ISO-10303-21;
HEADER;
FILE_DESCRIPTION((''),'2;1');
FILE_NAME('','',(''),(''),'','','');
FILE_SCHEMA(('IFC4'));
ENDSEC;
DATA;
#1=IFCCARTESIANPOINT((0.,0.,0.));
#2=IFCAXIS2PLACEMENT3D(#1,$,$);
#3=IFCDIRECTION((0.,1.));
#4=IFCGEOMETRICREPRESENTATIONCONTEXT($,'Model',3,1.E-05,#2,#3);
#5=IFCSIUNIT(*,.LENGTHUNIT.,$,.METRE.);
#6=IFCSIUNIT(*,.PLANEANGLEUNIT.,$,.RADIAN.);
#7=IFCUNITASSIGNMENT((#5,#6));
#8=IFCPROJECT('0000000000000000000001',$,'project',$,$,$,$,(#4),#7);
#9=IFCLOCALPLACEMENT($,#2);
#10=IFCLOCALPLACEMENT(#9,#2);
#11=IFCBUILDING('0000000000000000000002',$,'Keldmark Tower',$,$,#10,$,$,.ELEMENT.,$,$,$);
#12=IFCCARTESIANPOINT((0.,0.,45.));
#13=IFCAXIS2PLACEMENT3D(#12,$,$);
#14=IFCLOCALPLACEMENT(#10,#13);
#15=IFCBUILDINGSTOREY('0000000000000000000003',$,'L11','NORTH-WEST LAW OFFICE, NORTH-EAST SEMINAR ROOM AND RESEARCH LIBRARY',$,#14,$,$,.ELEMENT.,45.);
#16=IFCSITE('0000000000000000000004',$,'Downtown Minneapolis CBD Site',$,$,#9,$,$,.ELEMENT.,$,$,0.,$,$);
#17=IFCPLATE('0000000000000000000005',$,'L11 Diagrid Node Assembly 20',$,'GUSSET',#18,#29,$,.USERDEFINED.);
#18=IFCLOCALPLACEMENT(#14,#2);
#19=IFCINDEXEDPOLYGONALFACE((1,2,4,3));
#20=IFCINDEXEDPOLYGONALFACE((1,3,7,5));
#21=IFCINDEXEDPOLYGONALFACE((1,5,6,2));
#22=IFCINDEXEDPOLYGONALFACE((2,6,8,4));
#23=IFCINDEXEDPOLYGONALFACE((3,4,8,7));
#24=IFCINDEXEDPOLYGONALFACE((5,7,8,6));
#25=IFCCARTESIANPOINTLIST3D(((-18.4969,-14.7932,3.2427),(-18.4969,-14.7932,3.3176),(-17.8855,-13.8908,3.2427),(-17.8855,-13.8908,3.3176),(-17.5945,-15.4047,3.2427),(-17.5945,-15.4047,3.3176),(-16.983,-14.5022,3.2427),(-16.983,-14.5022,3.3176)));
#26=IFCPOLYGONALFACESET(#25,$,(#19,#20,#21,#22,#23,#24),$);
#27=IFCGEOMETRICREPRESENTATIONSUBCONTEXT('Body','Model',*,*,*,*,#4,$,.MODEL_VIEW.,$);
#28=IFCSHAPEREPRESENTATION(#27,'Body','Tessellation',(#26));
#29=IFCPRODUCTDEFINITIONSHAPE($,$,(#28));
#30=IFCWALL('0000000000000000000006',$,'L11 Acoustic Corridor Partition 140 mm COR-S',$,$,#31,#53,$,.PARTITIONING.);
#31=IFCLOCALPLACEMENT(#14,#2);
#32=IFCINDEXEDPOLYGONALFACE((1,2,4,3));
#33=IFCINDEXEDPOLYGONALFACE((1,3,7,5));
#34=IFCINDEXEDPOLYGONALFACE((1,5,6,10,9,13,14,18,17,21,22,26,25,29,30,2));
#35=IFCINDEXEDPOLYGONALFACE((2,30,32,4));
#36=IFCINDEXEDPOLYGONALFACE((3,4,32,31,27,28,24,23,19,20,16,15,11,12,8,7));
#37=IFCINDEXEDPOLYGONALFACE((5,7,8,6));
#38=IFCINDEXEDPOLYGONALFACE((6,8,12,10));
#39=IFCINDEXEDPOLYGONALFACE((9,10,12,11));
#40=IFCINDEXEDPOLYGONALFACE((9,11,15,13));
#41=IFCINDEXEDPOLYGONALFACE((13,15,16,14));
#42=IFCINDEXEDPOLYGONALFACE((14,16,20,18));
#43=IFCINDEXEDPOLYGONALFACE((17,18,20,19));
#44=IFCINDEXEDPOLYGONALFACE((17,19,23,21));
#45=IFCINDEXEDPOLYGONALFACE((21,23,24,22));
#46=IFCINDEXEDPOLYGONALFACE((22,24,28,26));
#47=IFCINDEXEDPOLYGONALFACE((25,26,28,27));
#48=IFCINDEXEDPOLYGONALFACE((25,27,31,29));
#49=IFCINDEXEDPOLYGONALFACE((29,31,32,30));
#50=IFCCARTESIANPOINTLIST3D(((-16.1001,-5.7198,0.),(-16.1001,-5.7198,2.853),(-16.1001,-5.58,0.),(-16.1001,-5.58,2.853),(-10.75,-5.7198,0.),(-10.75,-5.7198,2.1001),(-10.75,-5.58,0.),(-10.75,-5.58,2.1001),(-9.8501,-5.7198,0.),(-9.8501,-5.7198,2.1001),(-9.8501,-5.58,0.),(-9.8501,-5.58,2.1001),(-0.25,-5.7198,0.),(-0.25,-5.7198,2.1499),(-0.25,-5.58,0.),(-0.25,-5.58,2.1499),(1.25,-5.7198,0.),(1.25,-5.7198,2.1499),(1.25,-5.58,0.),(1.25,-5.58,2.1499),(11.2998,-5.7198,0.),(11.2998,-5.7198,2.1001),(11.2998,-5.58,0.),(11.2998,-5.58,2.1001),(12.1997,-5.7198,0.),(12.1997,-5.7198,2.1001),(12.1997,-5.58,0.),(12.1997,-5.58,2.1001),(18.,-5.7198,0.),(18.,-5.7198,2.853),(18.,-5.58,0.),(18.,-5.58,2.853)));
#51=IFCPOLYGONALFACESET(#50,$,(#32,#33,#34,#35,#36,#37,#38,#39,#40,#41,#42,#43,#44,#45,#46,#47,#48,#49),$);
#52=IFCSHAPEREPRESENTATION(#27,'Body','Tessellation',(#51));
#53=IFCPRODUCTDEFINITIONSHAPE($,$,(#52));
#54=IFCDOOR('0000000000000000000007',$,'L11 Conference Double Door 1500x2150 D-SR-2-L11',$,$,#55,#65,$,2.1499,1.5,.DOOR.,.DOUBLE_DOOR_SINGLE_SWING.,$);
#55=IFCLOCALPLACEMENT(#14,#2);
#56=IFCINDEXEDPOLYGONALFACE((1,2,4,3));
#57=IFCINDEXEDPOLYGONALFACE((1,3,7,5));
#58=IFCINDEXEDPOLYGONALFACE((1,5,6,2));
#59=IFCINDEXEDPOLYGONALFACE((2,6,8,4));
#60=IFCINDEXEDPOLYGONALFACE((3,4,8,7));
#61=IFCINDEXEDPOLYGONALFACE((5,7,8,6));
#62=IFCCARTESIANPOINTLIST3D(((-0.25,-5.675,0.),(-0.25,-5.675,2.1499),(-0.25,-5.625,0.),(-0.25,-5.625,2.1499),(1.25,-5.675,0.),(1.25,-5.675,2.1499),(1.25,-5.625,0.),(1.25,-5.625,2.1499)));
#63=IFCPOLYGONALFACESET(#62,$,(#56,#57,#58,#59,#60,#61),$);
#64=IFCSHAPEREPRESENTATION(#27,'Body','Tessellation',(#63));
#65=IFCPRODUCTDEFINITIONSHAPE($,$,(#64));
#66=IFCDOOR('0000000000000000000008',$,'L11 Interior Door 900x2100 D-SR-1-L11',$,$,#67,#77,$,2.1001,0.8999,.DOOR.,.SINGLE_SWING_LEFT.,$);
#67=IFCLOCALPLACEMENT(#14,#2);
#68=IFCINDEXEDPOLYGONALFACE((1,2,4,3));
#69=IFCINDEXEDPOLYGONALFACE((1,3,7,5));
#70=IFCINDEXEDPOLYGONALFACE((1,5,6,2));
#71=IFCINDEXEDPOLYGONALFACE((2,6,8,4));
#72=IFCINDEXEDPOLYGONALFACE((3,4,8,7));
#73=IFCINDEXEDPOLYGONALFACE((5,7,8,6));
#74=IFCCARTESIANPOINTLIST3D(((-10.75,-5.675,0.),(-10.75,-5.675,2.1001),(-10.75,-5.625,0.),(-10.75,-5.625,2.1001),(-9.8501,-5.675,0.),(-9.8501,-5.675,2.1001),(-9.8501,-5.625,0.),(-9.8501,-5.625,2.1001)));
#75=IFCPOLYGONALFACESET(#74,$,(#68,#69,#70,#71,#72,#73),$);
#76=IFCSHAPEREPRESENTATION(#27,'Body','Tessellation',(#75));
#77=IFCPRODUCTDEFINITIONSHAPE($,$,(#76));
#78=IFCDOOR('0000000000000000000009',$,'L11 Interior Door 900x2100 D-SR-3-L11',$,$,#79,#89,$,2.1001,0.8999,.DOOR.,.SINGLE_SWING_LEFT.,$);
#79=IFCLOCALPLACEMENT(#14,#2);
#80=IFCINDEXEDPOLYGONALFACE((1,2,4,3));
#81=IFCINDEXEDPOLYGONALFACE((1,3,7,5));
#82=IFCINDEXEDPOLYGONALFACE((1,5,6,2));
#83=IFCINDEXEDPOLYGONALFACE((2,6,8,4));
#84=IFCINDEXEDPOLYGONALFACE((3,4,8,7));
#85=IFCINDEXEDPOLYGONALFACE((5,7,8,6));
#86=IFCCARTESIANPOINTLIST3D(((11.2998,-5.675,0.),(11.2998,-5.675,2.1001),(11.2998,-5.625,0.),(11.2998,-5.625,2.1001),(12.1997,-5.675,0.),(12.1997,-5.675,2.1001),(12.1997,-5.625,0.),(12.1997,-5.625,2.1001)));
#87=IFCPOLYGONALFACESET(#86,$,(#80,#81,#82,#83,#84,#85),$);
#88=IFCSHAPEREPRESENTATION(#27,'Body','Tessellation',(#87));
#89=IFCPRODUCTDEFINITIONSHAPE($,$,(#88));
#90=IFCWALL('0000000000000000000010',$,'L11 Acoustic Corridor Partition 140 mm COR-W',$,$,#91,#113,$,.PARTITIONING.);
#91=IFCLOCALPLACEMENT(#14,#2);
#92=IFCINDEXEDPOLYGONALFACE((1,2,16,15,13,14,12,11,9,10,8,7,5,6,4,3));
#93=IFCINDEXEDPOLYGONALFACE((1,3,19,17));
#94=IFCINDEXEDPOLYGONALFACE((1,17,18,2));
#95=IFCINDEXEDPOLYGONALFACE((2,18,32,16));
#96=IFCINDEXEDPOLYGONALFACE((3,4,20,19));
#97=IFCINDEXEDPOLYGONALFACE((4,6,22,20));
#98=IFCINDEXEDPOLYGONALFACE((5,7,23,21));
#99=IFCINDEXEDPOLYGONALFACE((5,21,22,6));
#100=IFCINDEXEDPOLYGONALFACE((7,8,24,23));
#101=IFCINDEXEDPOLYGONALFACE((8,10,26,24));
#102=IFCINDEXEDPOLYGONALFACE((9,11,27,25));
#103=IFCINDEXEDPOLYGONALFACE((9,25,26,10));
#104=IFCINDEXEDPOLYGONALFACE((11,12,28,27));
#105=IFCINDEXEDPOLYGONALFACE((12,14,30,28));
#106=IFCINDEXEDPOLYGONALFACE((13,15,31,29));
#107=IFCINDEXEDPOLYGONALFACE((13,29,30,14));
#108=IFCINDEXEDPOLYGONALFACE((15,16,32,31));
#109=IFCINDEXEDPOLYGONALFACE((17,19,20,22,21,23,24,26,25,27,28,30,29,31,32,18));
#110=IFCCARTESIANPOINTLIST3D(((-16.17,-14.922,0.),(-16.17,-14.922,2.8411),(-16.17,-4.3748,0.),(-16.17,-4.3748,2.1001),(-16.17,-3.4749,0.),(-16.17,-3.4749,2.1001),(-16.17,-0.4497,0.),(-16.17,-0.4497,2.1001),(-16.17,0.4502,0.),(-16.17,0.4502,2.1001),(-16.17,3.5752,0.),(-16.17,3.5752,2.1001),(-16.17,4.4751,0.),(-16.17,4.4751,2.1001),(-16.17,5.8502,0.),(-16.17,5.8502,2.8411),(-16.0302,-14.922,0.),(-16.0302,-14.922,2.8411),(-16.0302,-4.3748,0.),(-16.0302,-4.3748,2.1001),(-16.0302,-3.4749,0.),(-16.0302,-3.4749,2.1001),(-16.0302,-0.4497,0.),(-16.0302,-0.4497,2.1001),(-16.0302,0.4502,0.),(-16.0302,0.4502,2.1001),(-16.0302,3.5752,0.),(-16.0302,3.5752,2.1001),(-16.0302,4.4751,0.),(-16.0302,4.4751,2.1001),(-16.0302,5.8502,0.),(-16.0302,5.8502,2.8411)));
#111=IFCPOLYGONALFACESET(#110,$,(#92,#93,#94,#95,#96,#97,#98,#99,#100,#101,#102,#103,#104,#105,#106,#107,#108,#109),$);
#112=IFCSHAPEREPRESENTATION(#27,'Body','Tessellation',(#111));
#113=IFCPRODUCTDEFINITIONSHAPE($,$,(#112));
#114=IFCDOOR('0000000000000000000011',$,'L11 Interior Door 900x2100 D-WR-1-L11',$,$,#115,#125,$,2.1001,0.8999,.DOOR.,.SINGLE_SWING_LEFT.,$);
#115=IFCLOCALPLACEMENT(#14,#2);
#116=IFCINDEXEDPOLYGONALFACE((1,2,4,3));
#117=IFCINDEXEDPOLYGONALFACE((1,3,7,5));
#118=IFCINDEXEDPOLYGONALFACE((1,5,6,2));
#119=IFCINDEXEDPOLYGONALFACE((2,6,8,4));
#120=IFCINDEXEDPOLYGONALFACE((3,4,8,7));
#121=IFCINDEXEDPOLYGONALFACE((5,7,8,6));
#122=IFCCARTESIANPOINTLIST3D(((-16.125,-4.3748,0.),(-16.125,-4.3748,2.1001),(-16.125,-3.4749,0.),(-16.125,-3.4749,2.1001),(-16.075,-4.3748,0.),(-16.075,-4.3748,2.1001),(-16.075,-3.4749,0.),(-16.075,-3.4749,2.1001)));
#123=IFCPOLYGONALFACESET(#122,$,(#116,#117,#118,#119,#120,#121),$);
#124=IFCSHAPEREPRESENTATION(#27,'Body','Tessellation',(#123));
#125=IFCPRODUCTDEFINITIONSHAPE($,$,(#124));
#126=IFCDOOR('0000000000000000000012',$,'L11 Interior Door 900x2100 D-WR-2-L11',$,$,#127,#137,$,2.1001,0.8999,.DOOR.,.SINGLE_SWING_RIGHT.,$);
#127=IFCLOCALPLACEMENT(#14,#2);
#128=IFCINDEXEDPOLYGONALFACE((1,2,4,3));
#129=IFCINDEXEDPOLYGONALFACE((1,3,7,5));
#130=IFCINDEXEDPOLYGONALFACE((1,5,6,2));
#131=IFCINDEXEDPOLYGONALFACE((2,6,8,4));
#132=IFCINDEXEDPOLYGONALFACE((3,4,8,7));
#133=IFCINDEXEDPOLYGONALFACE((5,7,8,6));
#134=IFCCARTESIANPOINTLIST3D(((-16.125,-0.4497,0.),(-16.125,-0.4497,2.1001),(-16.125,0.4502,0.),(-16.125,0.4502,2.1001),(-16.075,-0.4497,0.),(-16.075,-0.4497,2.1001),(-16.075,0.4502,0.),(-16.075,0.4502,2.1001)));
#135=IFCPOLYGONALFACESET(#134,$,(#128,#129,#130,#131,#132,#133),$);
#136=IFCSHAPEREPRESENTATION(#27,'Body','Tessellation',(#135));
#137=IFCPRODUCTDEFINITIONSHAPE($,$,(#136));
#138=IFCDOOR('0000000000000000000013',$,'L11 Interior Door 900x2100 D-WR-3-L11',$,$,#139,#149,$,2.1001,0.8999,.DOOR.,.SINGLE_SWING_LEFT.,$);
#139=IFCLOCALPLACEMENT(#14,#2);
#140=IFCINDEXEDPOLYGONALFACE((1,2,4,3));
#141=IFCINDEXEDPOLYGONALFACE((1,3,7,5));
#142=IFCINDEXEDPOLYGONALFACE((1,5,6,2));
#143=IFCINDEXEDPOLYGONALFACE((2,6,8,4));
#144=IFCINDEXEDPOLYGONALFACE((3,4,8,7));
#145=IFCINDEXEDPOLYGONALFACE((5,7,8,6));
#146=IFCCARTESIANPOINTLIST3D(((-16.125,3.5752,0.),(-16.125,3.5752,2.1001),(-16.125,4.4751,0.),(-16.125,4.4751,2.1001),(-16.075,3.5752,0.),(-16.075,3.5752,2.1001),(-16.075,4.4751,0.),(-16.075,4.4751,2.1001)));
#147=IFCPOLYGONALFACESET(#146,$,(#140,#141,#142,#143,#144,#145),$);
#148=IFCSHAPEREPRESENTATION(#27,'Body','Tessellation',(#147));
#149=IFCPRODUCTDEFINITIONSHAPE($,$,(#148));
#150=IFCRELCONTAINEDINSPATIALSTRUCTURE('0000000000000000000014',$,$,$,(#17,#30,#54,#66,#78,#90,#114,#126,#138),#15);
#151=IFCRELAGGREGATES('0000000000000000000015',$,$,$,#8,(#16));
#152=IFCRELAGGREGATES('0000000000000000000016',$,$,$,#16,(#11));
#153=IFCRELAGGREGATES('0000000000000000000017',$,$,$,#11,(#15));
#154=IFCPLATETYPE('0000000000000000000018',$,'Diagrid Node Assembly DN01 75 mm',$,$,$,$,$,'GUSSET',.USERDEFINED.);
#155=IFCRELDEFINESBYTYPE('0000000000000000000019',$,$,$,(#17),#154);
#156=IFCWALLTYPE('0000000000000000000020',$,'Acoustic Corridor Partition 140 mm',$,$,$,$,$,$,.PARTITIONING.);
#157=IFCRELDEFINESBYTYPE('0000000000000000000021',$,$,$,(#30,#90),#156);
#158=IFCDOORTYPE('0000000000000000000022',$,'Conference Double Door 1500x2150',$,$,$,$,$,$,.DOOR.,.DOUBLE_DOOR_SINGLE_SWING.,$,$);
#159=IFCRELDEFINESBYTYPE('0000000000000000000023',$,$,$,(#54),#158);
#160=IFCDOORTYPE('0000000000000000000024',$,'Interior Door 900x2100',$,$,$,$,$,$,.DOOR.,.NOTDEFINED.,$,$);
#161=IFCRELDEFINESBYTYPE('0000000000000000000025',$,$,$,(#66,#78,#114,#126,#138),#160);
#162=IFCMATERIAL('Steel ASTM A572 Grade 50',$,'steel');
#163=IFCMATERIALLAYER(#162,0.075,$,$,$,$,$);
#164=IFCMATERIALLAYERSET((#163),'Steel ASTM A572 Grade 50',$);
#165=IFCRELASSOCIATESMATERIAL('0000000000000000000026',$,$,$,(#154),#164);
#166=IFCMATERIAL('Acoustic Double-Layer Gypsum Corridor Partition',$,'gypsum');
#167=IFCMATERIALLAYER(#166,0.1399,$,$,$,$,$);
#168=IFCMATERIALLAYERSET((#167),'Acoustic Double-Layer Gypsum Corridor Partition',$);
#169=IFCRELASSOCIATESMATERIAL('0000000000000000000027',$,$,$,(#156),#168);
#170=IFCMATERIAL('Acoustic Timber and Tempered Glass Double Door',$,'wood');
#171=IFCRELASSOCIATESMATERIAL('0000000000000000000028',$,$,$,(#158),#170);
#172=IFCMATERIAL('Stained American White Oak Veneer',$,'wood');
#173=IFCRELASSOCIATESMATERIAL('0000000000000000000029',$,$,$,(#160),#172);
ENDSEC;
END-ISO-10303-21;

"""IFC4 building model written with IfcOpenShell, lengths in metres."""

from ifc_helpers import new_model, si_unit, direction, frame, frame_2d, origin, origin_2d, place, context, subcontext, project, spatial, rectangle, extrude, material, layer, layer_set, type_object, element, fill, save


model = new_model("IFC4")

# Units and contexts
model_context = context("Model", 3, precision=1e-05, world=origin(), true_north=direction((0.0, 1.0)))
body_context = subcontext(model_context, "Body", "Model", "MODEL_VIEW")
ifc_project = project(units=[si_unit("LENGTHUNIT", "METRE"), si_unit("PLANEANGLEUNIT", "RADIAN")], contexts=[model_context])

# Site, building, storey
site_placement = place(None, origin())
site = spatial("IfcSite", under=ifc_project, at=site_placement, Name="Downtown Minneapolis CBD Site", CompositionType="ELEMENT", RefElevation=0.0)
building_placement = place(site_placement, origin())
building = spatial("IfcBuilding", under=site, at=building_placement, Name="Keldmark Tower", CompositionType="ELEMENT")
storey_placement = place(building_placement, frame((0.0, 0.0, 45.0)))
storey = spatial("IfcBuildingStorey", under=building, at=storey_placement, Name="L11", Description="NORTH-WEST LAW OFFICE, NORTH-EAST SEMINAR ROOM AND RESEARCH LIBRARY", CompositionType="ELEMENT", Elevation=45.0)

# Plate
ifc_material_1 = material(Name="Steel ASTM A572 Grade 50", Category="steel")
ifc_layer_1 = layer(ifc_material_1, 0.075)
ifc_layer_set_1 = layer_set([ifc_layer_1], Name="Steel ASTM A572 Grade 50")
plate_type = type_object("IfcPlateType", Name="Diagrid Node Assembly DN01 75 mm", ElementType="GUSSET", PredefinedType="USERDEFINED", material=ifc_layer_set_1)
plate_placement = place(storey_placement, frame((-17.74, -14.6477, 3.2427), z_axis=(0.0, 0.0, 1.0), x_axis=(0.827865, -0.560928, 0.0)))
element("IfcPlate", 1, at=plate_placement, inside=storey, type_object=plate_type, Name="L11 Diagrid Node Assembly 20", ObjectType="GUSSET", PredefinedType="USERDEFINED", context=body_context, shape_type="SweptSolid", body=[
    extrude(rectangle(XDim=1.0901, YDim=1.0901, at=origin_2d()), origin(), (0.0, 0.0, 1.0), 0.075),
])

# Walls, openings, doors
ifc_material_2 = material(Name="Acoustic Double-Layer Gypsum Corridor Partition", Category="gypsum")
ifc_layer_2 = layer(ifc_material_2, 0.1399)
ifc_layer_set_2 = layer_set([ifc_layer_2], Name="Acoustic Double-Layer Gypsum Corridor Partition")
wall_type_1 = type_object("IfcWallType", Name="Acoustic Corridor Partition 140 mm", PredefinedType="PARTITIONING", material=ifc_layer_set_2)
wall_1_placement = place(storey_placement, frame((-16.1001, -5.6499, 0.0), z_axis=(0.0, 0.0, 1.0), x_axis=(1.0, 0.0, 0.0)))
wall_1 = element("IfcWall", 2, at=wall_1_placement, inside=storey, type_object=wall_type_1, Name="L11 Acoustic Corridor Partition 140 mm COR-S", PredefinedType="PARTITIONING", context=body_context, shape_type="SweptSolid", body=[
    extrude(rectangle(XDim=34.1001, YDim=0.1399, at=frame_2d((17.05, 0.0))), origin(), (0.0, 0.0, 1.0), 2.853),
])
opening_1_placement = place(wall_1_placement, frame((5.3501, 0.0, 0.0)))
opening_1 = element("IfcOpeningElement", 3, at=opening_1_placement, cuts=wall_1, PredefinedType="OPENING", context=body_context, shape_type="SweptSolid", body=[
    extrude(rectangle(XDim=0.8999, YDim=2.1001, at=frame_2d((0.45, 1.05))), frame((0.0, 0.0798, 0.0), z_axis=(0.0, -1.0, 0.0), x_axis=(1.0, 0.0, 0.0)), (0.0, 0.0, 1.0), 0.1599),
])
opening_2_placement = place(wall_1_placement, frame((15.8501, 0.0, 0.0)))
opening_2 = element("IfcOpeningElement", 4, at=opening_2_placement, cuts=wall_1, PredefinedType="OPENING", context=body_context, shape_type="SweptSolid", body=[
    extrude(rectangle(XDim=1.5, YDim=2.1499, at=frame_2d((0.75, 1.075))), frame((0.0, 0.0798, 0.0), z_axis=(0.0, -1.0, 0.0), x_axis=(1.0, 0.0, 0.0)), (0.0, 0.0, 1.0), 0.1599),
])
opening_3_placement = place(wall_1_placement, frame((27.3999, 0.0, 0.0)))
opening_3 = element("IfcOpeningElement", 5, at=opening_3_placement, cuts=wall_1, PredefinedType="OPENING", context=body_context, shape_type="SweptSolid", body=[
    extrude(rectangle(XDim=0.8999, YDim=2.1001, at=frame_2d((0.45, 1.05))), frame((0.0, 0.0798, 0.0), z_axis=(0.0, -1.0, 0.0), x_axis=(1.0, 0.0, 0.0)), (0.0, 0.0, 1.0), 0.1599),
])
ifc_material_3 = material(Name="Acoustic Timber and Tempered Glass Double Door", Category="wood")
door_type_1 = type_object("IfcDoorType", Name="Conference Double Door 1500x2150", OperationType="DOUBLE_DOOR_SINGLE_SWING", PredefinedType="DOOR", material=ifc_material_3)
door_1_placement = place(opening_2_placement, origin())
door_1 = element("IfcDoor", 6, at=door_1_placement, inside=storey, type_object=door_type_1, Name="L11 Conference Double Door 1500x2150 D-SR-2-L11", OperationType="DOUBLE_DOOR_SINGLE_SWING", OverallHeight=2.1499, OverallWidth=1.5, PredefinedType="DOOR", context=body_context, shape_type="SweptSolid", body=[
    extrude(rectangle(XDim=1.5, YDim=2.1499, at=frame_2d((0.75, 1.075))), frame((0.0, 0.0249, 0.0), z_axis=(0.0, -1.0, 0.0), x_axis=(1.0, 0.0, 0.0)), (0.0, 0.0, 1.0), 0.05),
])
fill(opening_2, door_1)
ifc_material_4 = material(Name="Stained American White Oak Veneer", Category="wood")
door_type_2 = type_object("IfcDoorType", Name="Interior Door 900x2100", OperationType="NOTDEFINED", PredefinedType="DOOR", material=ifc_material_4)
door_2_placement = place(opening_1_placement, origin())
door_2 = element("IfcDoor", 7, at=door_2_placement, inside=storey, type_object=door_type_2, Name="L11 Interior Door 900x2100 D-SR-1-L11", OperationType="SINGLE_SWING_LEFT", OverallHeight=2.1001, OverallWidth=0.8999, PredefinedType="DOOR", context=body_context, shape_type="SweptSolid", body=[
    extrude(rectangle(XDim=0.8999, YDim=2.1001, at=frame_2d((0.45, 1.05))), frame((0.0, 0.0249, 0.0), z_axis=(0.0, -1.0, 0.0), x_axis=(1.0, 0.0, 0.0)), (0.0, 0.0, 1.0), 0.05),
])
fill(opening_1, door_2)
door_3_placement = place(opening_3_placement, origin())
door_3 = element("IfcDoor", 8, at=door_3_placement, inside=storey, type_object=door_type_2, Name="L11 Interior Door 900x2100 D-SR-3-L11", OperationType="SINGLE_SWING_LEFT", OverallHeight=2.1001, OverallWidth=0.8999, PredefinedType="DOOR", context=body_context, shape_type="SweptSolid", body=[
    extrude(rectangle(XDim=0.8999, YDim=2.1001, at=frame_2d((0.45, 1.05))), frame((0.0, 0.0249, 0.0), z_axis=(0.0, -1.0, 0.0), x_axis=(1.0, 0.0, 0.0)), (0.0, 0.0, 1.0), 0.05),
])
fill(opening_3, door_3)
wall_2_placement = place(storey_placement, frame((-16.1001, -14.9221, 0.0), z_axis=(0.0, 0.0, 1.0), x_axis=(0.0, 1.0, 0.0)))
wall_2 = element("IfcWall", 9, at=wall_2_placement, inside=storey, type_object=wall_type_1, Name="L11 Acoustic Corridor Partition 140 mm COR-W", PredefinedType="PARTITIONING", context=body_context, shape_type="SweptSolid", body=[
    extrude(rectangle(XDim=20.7722, YDim=0.1399, at=frame_2d((10.3862, 0.0))), origin(), (0.0, 0.0, 1.0), 2.8411),
])
opening_4_placement = place(wall_2_placement, frame((10.5474, 0.0, 0.0)))
opening_4 = element("IfcOpeningElement", 10, at=opening_4_placement, cuts=wall_2, PredefinedType="OPENING", context=body_context, shape_type="SweptSolid", body=[
    extrude(rectangle(XDim=0.8999, YDim=2.1001, at=frame_2d((0.45, 1.05))), frame((0.0, 0.0798, 0.0), z_axis=(0.0, -1.0, 0.0), x_axis=(1.0, 0.0, 0.0)), (0.0, 0.0, 1.0), 0.1599),
])
opening_5_placement = place(wall_2_placement, frame((14.4724, 0.0, 0.0)))
opening_5 = element("IfcOpeningElement", 11, at=opening_5_placement, cuts=wall_2, PredefinedType="OPENING", context=body_context, shape_type="SweptSolid", body=[
    extrude(rectangle(XDim=0.8999, YDim=2.1001, at=frame_2d((0.45, 1.05))), frame((0.0, 0.0798, 0.0), z_axis=(0.0, -1.0, 0.0), x_axis=(1.0, 0.0, 0.0)), (0.0, 0.0, 1.0), 0.1599),
])
opening_6_placement = place(wall_2_placement, frame((18.4973, 0.0, 0.0)))
opening_6 = element("IfcOpeningElement", 12, at=opening_6_placement, cuts=wall_2, PredefinedType="OPENING", context=body_context, shape_type="SweptSolid", body=[
    extrude(rectangle(XDim=0.8999, YDim=2.1001, at=frame_2d((0.45, 1.05))), frame((0.0, 0.0798, 0.0), z_axis=(0.0, -1.0, 0.0), x_axis=(1.0, 0.0, 0.0)), (0.0, 0.0, 1.0), 0.1599),
])
door_4_placement = place(opening_4_placement, origin())
door_4 = element("IfcDoor", 13, at=door_4_placement, inside=storey, type_object=door_type_2, Name="L11 Interior Door 900x2100 D-WR-1-L11", OperationType="SINGLE_SWING_LEFT", OverallHeight=2.1001, OverallWidth=0.8999, PredefinedType="DOOR", context=body_context, shape_type="SweptSolid", body=[
    extrude(rectangle(XDim=0.8999, YDim=2.1001, at=frame_2d((0.45, 1.05))), frame((0.0, 0.0249, 0.0), z_axis=(0.0, -1.0, 0.0), x_axis=(1.0, 0.0, 0.0)), (0.0, 0.0, 1.0), 0.05),
])
fill(opening_4, door_4)
door_5_placement = place(opening_5_placement, origin())
door_5 = element("IfcDoor", 14, at=door_5_placement, inside=storey, type_object=door_type_2, Name="L11 Interior Door 900x2100 D-WR-2-L11", OperationType="SINGLE_SWING_RIGHT", OverallHeight=2.1001, OverallWidth=0.8999, PredefinedType="DOOR", context=body_context, shape_type="SweptSolid", body=[
    extrude(rectangle(XDim=0.8999, YDim=2.1001, at=frame_2d((0.45, 1.05))), frame((0.0, 0.0249, 0.0), z_axis=(0.0, -1.0, 0.0), x_axis=(1.0, 0.0, 0.0)), (0.0, 0.0, 1.0), 0.05),
])
fill(opening_5, door_5)
door_6_placement = place(opening_6_placement, origin())
door_6 = element("IfcDoor", 15, at=door_6_placement, inside=storey, type_object=door_type_2, Name="L11 Interior Door 900x2100 D-WR-3-L11", OperationType="SINGLE_SWING_LEFT", OverallHeight=2.1001, OverallWidth=0.8999, PredefinedType="DOOR", context=body_context, shape_type="SweptSolid", body=[
    extrude(rectangle(XDim=0.8999, YDim=2.1001, at=frame_2d((0.45, 1.05))), frame((0.0, 0.0249, 0.0), z_axis=(0.0, -1.0, 0.0), x_axis=(1.0, 0.0, 0.0)), (0.0, 0.0, 1.0), 0.05),
])
fill(opening_6, door_6)

save(model, "model.ifc")
